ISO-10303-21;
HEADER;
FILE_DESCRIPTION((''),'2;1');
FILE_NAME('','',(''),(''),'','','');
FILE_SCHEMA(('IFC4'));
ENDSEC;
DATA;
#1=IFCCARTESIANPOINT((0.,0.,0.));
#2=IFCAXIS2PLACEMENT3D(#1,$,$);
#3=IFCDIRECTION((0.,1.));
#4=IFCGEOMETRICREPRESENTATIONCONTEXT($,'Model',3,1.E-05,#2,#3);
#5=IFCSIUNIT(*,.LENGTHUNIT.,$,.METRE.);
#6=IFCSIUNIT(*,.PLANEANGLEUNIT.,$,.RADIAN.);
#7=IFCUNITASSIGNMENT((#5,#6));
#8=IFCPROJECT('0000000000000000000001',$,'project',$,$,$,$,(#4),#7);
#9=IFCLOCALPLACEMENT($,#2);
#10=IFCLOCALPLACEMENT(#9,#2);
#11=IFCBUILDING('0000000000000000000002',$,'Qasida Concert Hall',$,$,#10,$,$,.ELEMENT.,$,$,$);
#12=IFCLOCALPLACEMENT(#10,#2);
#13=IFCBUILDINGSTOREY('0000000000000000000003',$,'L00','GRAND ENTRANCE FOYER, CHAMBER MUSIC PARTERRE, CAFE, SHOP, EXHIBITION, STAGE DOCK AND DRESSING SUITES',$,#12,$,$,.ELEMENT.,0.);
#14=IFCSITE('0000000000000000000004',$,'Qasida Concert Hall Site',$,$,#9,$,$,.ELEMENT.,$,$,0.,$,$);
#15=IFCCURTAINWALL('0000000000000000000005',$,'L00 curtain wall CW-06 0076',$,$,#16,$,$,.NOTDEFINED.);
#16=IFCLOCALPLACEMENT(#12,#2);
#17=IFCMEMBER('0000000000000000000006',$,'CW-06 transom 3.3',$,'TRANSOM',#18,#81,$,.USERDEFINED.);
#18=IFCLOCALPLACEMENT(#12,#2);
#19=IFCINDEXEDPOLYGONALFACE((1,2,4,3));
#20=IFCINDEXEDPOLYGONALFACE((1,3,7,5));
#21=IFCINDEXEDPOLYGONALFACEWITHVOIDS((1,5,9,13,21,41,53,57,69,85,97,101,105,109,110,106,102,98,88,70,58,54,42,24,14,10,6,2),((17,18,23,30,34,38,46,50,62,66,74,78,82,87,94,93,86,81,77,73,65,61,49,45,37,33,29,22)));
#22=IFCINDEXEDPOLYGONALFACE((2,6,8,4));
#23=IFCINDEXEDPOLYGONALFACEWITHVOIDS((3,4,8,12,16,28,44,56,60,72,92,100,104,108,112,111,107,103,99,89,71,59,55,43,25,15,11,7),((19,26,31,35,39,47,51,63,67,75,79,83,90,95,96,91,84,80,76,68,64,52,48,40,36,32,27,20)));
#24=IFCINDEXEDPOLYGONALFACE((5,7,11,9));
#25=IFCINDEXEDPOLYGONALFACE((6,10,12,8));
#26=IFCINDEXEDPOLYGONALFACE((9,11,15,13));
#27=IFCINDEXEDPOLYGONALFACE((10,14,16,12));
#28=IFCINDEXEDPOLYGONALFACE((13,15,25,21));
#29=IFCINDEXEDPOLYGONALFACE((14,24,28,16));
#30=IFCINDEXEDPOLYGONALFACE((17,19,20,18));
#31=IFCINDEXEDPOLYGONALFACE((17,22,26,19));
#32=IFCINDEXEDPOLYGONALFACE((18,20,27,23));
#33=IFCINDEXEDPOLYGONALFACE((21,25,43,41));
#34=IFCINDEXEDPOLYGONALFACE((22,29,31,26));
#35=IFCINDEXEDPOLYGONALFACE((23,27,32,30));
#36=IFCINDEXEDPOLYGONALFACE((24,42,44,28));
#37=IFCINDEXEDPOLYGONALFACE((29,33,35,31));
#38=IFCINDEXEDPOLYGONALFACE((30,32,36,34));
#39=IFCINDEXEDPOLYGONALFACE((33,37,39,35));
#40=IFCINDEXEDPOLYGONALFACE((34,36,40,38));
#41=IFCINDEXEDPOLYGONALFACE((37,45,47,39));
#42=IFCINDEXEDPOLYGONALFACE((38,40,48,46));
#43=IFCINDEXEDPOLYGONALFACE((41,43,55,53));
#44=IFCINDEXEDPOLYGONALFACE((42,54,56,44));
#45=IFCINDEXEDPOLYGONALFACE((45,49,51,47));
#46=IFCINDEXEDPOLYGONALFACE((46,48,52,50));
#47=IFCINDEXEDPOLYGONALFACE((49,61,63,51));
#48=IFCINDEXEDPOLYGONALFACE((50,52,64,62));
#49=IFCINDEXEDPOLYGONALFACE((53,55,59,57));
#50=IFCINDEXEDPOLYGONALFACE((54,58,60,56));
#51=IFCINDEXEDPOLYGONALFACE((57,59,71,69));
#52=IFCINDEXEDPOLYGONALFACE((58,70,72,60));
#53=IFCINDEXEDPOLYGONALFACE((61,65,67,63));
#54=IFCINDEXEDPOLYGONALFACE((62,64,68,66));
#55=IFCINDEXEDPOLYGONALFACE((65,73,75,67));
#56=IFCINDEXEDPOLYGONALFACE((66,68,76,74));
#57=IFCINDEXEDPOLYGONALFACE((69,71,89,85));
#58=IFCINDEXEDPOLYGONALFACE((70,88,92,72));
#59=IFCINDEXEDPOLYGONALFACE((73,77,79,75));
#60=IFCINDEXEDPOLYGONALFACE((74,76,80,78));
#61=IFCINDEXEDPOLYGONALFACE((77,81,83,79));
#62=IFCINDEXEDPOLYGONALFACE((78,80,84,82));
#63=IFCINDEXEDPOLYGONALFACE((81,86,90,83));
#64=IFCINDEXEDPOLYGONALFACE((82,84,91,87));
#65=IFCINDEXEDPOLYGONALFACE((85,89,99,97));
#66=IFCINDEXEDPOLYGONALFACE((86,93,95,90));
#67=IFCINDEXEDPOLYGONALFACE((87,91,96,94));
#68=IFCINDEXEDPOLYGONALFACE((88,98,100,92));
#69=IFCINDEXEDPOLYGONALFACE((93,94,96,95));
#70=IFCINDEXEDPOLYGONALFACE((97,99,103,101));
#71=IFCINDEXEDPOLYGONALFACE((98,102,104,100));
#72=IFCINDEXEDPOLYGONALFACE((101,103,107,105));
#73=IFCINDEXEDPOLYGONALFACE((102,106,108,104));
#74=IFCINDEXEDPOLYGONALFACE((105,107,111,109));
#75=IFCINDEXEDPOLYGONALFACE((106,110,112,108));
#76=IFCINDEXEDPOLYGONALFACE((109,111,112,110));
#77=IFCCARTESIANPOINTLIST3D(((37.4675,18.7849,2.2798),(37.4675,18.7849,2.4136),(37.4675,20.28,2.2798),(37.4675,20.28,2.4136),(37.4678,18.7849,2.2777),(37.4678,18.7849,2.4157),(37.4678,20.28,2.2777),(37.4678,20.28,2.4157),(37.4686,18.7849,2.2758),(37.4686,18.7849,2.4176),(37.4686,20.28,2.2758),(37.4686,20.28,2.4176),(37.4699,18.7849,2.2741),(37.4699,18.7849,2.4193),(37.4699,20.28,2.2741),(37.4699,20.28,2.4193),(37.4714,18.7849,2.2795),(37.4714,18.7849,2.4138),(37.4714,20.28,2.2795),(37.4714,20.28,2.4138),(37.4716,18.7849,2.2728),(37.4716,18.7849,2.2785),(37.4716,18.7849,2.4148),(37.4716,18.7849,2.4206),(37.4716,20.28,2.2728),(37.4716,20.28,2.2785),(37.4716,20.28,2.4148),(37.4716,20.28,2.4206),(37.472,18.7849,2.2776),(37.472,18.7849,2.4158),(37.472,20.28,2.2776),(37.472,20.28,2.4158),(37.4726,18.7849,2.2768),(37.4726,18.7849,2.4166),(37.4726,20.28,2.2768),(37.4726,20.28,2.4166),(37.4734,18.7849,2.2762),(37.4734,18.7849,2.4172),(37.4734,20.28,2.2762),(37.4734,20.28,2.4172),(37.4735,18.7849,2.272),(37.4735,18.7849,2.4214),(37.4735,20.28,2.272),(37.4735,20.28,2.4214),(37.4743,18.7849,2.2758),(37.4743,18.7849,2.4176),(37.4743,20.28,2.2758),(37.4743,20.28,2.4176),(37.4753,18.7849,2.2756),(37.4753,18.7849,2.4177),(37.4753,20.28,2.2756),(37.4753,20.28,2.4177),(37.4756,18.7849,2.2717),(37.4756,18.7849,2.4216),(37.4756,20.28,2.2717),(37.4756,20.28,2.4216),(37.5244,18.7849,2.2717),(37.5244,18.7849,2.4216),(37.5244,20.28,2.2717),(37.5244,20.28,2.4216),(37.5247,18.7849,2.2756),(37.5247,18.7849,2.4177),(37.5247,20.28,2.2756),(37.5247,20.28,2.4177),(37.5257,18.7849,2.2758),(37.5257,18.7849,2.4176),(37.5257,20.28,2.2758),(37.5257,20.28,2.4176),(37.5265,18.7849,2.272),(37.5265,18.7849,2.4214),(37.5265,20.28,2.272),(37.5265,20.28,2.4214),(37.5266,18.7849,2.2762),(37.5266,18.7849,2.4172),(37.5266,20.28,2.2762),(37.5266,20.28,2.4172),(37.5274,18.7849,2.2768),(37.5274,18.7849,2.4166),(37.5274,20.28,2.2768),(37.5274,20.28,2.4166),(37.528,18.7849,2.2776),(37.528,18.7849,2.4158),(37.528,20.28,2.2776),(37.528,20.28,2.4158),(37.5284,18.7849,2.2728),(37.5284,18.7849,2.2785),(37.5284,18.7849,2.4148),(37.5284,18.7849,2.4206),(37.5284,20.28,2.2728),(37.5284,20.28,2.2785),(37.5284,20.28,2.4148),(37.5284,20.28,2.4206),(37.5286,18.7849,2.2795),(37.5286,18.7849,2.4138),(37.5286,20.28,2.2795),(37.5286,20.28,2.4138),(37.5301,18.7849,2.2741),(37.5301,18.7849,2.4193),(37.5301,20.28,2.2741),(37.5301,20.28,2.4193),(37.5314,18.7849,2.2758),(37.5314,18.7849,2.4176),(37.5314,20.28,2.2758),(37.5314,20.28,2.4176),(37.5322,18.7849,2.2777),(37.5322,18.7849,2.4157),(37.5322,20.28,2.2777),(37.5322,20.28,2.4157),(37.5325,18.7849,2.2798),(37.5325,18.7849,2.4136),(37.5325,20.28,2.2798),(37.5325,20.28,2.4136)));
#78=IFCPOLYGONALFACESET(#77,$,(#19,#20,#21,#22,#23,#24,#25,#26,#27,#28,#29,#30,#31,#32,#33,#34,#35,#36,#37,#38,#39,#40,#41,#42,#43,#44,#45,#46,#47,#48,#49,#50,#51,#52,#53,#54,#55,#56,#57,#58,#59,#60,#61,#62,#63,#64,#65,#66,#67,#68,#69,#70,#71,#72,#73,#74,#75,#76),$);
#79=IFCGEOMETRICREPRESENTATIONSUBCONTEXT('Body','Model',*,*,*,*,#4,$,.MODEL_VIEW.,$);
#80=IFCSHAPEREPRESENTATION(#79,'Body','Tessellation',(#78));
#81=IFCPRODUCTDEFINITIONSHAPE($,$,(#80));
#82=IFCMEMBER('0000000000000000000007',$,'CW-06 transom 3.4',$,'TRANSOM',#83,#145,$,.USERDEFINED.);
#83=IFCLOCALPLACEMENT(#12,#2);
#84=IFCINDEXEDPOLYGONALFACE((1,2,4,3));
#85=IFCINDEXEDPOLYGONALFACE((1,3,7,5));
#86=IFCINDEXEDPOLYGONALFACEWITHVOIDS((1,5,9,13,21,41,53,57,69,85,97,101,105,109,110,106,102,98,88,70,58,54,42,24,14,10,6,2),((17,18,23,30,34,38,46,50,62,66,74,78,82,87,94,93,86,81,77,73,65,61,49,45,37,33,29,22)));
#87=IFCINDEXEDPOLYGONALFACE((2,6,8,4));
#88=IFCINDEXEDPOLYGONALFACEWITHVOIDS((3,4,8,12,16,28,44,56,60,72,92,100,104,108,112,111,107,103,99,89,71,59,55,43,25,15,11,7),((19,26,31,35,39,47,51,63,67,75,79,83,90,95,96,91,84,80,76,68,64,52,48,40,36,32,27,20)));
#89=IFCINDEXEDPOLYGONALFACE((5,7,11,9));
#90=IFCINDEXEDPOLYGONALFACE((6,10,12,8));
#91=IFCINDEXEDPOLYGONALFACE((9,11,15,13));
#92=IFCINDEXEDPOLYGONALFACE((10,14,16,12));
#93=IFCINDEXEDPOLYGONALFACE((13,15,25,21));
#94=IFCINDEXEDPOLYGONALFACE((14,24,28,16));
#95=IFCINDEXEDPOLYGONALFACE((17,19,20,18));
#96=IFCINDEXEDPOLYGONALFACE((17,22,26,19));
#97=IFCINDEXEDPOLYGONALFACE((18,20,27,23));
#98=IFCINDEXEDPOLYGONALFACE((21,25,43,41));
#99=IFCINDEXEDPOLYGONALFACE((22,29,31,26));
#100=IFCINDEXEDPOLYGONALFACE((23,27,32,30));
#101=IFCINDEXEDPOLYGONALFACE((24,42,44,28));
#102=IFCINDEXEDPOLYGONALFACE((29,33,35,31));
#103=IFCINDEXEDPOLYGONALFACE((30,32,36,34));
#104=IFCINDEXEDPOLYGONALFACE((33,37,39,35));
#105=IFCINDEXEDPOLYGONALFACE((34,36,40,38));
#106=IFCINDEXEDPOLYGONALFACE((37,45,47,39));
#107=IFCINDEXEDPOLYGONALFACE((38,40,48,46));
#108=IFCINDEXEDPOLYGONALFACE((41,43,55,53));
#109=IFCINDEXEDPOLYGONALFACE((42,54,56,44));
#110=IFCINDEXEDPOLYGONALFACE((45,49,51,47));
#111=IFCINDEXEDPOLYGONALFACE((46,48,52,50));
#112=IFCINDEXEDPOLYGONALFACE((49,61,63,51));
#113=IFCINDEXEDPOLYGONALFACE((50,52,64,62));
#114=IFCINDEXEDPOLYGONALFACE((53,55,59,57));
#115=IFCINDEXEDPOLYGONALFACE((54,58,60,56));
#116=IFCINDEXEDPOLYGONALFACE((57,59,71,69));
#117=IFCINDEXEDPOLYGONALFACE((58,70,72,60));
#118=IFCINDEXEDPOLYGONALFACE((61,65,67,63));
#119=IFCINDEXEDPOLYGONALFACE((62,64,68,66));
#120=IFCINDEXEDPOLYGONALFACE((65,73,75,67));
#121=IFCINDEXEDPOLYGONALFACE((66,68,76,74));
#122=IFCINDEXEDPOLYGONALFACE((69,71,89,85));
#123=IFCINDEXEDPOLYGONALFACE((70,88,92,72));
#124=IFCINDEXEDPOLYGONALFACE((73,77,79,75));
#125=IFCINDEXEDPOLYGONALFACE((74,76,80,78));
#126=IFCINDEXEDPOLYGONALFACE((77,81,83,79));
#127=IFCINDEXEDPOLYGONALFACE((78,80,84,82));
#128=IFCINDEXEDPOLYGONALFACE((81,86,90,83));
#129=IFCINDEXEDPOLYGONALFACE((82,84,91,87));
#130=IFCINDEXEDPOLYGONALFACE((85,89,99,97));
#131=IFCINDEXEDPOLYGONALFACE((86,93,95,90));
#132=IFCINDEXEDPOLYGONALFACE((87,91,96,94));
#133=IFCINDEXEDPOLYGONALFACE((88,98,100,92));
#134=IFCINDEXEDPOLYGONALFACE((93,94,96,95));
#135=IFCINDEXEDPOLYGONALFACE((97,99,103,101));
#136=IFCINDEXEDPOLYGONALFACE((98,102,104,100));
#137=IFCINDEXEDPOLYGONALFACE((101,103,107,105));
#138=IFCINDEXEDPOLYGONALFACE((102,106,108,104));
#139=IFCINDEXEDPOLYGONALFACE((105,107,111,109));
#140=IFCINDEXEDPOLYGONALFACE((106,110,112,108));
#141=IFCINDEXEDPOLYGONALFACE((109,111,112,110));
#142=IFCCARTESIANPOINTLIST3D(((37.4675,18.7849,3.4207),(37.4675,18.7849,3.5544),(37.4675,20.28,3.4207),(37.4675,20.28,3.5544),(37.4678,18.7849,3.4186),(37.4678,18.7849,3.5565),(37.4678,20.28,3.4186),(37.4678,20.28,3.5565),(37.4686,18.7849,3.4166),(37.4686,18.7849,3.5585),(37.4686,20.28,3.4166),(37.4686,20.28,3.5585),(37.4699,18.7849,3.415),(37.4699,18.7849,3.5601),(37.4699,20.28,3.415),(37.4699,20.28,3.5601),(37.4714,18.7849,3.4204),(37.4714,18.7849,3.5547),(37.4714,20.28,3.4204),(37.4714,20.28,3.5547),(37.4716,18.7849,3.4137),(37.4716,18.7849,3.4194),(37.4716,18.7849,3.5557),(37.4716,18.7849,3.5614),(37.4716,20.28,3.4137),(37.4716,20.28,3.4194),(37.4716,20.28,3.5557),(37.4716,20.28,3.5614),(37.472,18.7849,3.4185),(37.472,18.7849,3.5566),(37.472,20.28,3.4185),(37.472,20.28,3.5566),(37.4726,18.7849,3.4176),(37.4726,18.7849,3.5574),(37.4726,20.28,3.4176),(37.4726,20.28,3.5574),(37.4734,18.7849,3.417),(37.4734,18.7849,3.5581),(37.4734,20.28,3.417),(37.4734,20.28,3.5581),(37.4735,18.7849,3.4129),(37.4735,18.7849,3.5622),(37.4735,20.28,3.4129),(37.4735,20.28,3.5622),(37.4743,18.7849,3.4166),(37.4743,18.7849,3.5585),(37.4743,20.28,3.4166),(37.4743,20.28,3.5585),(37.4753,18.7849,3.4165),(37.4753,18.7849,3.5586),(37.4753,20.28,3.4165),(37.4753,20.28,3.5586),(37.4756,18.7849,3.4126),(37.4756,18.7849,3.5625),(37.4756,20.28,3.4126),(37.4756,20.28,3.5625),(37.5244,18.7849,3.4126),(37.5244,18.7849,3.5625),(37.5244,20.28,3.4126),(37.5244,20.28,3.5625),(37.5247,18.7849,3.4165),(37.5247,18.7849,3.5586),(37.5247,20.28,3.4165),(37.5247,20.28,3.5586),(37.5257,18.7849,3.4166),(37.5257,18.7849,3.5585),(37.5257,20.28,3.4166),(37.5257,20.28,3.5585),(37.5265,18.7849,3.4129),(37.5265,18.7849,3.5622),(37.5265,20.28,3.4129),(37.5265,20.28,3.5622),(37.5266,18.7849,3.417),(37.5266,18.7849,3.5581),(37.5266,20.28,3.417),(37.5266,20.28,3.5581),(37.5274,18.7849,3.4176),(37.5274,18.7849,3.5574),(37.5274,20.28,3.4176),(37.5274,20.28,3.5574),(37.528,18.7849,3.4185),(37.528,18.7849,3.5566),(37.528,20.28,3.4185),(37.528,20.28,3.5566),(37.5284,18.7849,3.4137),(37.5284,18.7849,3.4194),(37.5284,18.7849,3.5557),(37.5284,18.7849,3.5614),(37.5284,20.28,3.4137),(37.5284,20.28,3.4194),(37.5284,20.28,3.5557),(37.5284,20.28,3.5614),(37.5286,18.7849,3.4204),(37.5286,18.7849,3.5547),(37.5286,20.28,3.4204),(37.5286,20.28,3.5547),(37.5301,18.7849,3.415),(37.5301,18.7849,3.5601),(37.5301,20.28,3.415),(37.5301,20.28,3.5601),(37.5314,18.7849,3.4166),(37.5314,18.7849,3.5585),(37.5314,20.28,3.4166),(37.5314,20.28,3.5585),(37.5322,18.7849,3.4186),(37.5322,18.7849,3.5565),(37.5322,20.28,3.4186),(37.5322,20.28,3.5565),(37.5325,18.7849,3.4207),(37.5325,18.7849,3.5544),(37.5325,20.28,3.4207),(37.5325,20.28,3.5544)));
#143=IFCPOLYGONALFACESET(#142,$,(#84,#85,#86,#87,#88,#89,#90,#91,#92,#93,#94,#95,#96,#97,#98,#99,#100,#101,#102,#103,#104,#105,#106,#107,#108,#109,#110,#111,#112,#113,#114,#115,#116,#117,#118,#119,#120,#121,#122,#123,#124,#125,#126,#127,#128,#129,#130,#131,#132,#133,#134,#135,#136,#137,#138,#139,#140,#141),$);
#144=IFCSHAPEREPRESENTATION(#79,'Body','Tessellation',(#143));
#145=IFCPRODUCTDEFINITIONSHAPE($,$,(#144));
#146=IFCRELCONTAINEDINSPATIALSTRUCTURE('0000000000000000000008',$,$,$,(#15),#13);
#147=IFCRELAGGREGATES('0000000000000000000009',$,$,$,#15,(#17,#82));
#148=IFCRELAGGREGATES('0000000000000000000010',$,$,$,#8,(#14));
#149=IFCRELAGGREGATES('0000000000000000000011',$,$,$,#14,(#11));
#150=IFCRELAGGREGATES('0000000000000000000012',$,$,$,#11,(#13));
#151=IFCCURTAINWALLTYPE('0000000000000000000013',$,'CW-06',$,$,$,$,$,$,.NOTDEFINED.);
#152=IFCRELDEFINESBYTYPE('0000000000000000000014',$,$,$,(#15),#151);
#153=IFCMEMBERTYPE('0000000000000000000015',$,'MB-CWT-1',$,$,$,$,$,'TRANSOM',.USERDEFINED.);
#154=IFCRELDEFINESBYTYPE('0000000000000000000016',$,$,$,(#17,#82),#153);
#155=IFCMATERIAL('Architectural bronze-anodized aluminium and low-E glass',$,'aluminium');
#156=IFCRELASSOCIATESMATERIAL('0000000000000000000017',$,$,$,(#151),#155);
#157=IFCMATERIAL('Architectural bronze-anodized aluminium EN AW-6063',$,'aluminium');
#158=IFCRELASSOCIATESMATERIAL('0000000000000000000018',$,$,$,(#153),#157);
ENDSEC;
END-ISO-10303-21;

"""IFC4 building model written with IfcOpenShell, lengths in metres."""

from ifc_helpers import new_model, si_unit, direction, frame, origin, origin_2d, place, context, subcontext, project, spatial, hollow_rectangle, extrude, material, material_profile, profile_set, type_object, element, aggregate, save


model = new_model("IFC4")

# Units and contexts
model_context = context("Model", 3, precision=1e-05, world=origin(), true_north=direction((0.0, 1.0)))
body_context = subcontext(model_context, "Body", "Model", "MODEL_VIEW")
ifc_project = project(units=[si_unit("LENGTHUNIT", "METRE"), si_unit("PLANEANGLEUNIT", "RADIAN")], contexts=[model_context])

# Site, building, storey
site_placement = place(None, origin())
site = spatial("IfcSite", under=ifc_project, at=site_placement, Name="Qasida Concert Hall Site", CompositionType="ELEMENT", RefElevation=0.0)
building_placement = place(site_placement, origin())
building = spatial("IfcBuilding", under=site, at=building_placement, Name="Qasida Concert Hall", CompositionType="ELEMENT")
storey_placement = place(building_placement, origin())
storey = spatial("IfcBuildingStorey", under=building, at=storey_placement, Name="L00", Description="GRAND ENTRANCE FOYER, CHAMBER MUSIC PARTERRE, CAFE, SHOP, EXHIBITION, STAGE DOCK AND DRESSING SUITES", CompositionType="ELEMENT", Elevation=0.0)

# Curtain wall, members
ifc_material_1 = material(Name="Architectural bronze-anodized aluminium and low-E glass", Category="aluminium")
curtain_wall_type = type_object("IfcCurtainWallType", Name="CW-06", PredefinedType="NOTDEFINED", material=ifc_material_1)
curtain_wall_placement = place(storey_placement, origin())
curtain_wall = element("IfcCurtainWall", 1, at=curtain_wall_placement, inside=storey, type_object=curtain_wall_type, Name="L00 curtain wall CW-06 0076", PredefinedType="NOTDEFINED")
ifc_material_2 = material(Name="Architectural bronze-anodized aluminium EN AW-6063", Category="aluminium")
ifc_material_profile_1 = material_profile(ifc_material_2, hollow_rectangle(XDim=0.0649, YDim=0.1499, WallThickness=0.0039, InnerFilletRadius=0.0039, OuterFilletRadius=0.0081, at=origin_2d()), Name="CWT 150x65x4")
ifc_profile_set_1 = profile_set([ifc_material_profile_1], Name="Architectural bronze-anodized aluminium EN AW-6063")
member_type_1 = type_object("IfcMemberType", Name="MB-CWT-1", ElementType="TRANSOM", PredefinedType="USERDEFINED", material=ifc_profile_set_1)
member_1_placement = place(storey_placement, frame((37.5, 18.7849, 2.3467), z_axis=(0.0, 1.0, 0.0), x_axis=(-1.0, 0.0, 0.0)))
member_1 = element("IfcMember", 2, at=member_1_placement, type_object=member_type_1, Name="CW-06 transom 3.3", ObjectType="TRANSOM", PredefinedType="USERDEFINED", context=body_context, shape_type="SweptSolid", body=[
    extrude(hollow_rectangle(XDim=0.0649, YDim=0.1499, WallThickness=0.0039, InnerFilletRadius=0.0039, OuterFilletRadius=0.0081, at=origin_2d()), origin(), (0.0, 0.0, 1.0), 1.4951),
])
member_2_placement = place(storey_placement, frame((37.5, 18.7849, 3.4875), z_axis=(0.0, 1.0, 0.0), x_axis=(-1.0, 0.0, 0.0)))
member_2 = element("IfcMember", 3, at=member_2_placement, type_object=member_type_1, Name="CW-06 transom 3.4", ObjectType="TRANSOM", PredefinedType="USERDEFINED", context=body_context, shape_type="SweptSolid", body=[
    extrude(hollow_rectangle(XDim=0.0649, YDim=0.1499, WallThickness=0.0039, InnerFilletRadius=0.0039, OuterFilletRadius=0.0081, at=origin_2d()), origin(), (0.0, 0.0, 1.0), 1.4951),
])
aggregate(curtain_wall, [member_1, member_2])

save(model, "model.ifc")
